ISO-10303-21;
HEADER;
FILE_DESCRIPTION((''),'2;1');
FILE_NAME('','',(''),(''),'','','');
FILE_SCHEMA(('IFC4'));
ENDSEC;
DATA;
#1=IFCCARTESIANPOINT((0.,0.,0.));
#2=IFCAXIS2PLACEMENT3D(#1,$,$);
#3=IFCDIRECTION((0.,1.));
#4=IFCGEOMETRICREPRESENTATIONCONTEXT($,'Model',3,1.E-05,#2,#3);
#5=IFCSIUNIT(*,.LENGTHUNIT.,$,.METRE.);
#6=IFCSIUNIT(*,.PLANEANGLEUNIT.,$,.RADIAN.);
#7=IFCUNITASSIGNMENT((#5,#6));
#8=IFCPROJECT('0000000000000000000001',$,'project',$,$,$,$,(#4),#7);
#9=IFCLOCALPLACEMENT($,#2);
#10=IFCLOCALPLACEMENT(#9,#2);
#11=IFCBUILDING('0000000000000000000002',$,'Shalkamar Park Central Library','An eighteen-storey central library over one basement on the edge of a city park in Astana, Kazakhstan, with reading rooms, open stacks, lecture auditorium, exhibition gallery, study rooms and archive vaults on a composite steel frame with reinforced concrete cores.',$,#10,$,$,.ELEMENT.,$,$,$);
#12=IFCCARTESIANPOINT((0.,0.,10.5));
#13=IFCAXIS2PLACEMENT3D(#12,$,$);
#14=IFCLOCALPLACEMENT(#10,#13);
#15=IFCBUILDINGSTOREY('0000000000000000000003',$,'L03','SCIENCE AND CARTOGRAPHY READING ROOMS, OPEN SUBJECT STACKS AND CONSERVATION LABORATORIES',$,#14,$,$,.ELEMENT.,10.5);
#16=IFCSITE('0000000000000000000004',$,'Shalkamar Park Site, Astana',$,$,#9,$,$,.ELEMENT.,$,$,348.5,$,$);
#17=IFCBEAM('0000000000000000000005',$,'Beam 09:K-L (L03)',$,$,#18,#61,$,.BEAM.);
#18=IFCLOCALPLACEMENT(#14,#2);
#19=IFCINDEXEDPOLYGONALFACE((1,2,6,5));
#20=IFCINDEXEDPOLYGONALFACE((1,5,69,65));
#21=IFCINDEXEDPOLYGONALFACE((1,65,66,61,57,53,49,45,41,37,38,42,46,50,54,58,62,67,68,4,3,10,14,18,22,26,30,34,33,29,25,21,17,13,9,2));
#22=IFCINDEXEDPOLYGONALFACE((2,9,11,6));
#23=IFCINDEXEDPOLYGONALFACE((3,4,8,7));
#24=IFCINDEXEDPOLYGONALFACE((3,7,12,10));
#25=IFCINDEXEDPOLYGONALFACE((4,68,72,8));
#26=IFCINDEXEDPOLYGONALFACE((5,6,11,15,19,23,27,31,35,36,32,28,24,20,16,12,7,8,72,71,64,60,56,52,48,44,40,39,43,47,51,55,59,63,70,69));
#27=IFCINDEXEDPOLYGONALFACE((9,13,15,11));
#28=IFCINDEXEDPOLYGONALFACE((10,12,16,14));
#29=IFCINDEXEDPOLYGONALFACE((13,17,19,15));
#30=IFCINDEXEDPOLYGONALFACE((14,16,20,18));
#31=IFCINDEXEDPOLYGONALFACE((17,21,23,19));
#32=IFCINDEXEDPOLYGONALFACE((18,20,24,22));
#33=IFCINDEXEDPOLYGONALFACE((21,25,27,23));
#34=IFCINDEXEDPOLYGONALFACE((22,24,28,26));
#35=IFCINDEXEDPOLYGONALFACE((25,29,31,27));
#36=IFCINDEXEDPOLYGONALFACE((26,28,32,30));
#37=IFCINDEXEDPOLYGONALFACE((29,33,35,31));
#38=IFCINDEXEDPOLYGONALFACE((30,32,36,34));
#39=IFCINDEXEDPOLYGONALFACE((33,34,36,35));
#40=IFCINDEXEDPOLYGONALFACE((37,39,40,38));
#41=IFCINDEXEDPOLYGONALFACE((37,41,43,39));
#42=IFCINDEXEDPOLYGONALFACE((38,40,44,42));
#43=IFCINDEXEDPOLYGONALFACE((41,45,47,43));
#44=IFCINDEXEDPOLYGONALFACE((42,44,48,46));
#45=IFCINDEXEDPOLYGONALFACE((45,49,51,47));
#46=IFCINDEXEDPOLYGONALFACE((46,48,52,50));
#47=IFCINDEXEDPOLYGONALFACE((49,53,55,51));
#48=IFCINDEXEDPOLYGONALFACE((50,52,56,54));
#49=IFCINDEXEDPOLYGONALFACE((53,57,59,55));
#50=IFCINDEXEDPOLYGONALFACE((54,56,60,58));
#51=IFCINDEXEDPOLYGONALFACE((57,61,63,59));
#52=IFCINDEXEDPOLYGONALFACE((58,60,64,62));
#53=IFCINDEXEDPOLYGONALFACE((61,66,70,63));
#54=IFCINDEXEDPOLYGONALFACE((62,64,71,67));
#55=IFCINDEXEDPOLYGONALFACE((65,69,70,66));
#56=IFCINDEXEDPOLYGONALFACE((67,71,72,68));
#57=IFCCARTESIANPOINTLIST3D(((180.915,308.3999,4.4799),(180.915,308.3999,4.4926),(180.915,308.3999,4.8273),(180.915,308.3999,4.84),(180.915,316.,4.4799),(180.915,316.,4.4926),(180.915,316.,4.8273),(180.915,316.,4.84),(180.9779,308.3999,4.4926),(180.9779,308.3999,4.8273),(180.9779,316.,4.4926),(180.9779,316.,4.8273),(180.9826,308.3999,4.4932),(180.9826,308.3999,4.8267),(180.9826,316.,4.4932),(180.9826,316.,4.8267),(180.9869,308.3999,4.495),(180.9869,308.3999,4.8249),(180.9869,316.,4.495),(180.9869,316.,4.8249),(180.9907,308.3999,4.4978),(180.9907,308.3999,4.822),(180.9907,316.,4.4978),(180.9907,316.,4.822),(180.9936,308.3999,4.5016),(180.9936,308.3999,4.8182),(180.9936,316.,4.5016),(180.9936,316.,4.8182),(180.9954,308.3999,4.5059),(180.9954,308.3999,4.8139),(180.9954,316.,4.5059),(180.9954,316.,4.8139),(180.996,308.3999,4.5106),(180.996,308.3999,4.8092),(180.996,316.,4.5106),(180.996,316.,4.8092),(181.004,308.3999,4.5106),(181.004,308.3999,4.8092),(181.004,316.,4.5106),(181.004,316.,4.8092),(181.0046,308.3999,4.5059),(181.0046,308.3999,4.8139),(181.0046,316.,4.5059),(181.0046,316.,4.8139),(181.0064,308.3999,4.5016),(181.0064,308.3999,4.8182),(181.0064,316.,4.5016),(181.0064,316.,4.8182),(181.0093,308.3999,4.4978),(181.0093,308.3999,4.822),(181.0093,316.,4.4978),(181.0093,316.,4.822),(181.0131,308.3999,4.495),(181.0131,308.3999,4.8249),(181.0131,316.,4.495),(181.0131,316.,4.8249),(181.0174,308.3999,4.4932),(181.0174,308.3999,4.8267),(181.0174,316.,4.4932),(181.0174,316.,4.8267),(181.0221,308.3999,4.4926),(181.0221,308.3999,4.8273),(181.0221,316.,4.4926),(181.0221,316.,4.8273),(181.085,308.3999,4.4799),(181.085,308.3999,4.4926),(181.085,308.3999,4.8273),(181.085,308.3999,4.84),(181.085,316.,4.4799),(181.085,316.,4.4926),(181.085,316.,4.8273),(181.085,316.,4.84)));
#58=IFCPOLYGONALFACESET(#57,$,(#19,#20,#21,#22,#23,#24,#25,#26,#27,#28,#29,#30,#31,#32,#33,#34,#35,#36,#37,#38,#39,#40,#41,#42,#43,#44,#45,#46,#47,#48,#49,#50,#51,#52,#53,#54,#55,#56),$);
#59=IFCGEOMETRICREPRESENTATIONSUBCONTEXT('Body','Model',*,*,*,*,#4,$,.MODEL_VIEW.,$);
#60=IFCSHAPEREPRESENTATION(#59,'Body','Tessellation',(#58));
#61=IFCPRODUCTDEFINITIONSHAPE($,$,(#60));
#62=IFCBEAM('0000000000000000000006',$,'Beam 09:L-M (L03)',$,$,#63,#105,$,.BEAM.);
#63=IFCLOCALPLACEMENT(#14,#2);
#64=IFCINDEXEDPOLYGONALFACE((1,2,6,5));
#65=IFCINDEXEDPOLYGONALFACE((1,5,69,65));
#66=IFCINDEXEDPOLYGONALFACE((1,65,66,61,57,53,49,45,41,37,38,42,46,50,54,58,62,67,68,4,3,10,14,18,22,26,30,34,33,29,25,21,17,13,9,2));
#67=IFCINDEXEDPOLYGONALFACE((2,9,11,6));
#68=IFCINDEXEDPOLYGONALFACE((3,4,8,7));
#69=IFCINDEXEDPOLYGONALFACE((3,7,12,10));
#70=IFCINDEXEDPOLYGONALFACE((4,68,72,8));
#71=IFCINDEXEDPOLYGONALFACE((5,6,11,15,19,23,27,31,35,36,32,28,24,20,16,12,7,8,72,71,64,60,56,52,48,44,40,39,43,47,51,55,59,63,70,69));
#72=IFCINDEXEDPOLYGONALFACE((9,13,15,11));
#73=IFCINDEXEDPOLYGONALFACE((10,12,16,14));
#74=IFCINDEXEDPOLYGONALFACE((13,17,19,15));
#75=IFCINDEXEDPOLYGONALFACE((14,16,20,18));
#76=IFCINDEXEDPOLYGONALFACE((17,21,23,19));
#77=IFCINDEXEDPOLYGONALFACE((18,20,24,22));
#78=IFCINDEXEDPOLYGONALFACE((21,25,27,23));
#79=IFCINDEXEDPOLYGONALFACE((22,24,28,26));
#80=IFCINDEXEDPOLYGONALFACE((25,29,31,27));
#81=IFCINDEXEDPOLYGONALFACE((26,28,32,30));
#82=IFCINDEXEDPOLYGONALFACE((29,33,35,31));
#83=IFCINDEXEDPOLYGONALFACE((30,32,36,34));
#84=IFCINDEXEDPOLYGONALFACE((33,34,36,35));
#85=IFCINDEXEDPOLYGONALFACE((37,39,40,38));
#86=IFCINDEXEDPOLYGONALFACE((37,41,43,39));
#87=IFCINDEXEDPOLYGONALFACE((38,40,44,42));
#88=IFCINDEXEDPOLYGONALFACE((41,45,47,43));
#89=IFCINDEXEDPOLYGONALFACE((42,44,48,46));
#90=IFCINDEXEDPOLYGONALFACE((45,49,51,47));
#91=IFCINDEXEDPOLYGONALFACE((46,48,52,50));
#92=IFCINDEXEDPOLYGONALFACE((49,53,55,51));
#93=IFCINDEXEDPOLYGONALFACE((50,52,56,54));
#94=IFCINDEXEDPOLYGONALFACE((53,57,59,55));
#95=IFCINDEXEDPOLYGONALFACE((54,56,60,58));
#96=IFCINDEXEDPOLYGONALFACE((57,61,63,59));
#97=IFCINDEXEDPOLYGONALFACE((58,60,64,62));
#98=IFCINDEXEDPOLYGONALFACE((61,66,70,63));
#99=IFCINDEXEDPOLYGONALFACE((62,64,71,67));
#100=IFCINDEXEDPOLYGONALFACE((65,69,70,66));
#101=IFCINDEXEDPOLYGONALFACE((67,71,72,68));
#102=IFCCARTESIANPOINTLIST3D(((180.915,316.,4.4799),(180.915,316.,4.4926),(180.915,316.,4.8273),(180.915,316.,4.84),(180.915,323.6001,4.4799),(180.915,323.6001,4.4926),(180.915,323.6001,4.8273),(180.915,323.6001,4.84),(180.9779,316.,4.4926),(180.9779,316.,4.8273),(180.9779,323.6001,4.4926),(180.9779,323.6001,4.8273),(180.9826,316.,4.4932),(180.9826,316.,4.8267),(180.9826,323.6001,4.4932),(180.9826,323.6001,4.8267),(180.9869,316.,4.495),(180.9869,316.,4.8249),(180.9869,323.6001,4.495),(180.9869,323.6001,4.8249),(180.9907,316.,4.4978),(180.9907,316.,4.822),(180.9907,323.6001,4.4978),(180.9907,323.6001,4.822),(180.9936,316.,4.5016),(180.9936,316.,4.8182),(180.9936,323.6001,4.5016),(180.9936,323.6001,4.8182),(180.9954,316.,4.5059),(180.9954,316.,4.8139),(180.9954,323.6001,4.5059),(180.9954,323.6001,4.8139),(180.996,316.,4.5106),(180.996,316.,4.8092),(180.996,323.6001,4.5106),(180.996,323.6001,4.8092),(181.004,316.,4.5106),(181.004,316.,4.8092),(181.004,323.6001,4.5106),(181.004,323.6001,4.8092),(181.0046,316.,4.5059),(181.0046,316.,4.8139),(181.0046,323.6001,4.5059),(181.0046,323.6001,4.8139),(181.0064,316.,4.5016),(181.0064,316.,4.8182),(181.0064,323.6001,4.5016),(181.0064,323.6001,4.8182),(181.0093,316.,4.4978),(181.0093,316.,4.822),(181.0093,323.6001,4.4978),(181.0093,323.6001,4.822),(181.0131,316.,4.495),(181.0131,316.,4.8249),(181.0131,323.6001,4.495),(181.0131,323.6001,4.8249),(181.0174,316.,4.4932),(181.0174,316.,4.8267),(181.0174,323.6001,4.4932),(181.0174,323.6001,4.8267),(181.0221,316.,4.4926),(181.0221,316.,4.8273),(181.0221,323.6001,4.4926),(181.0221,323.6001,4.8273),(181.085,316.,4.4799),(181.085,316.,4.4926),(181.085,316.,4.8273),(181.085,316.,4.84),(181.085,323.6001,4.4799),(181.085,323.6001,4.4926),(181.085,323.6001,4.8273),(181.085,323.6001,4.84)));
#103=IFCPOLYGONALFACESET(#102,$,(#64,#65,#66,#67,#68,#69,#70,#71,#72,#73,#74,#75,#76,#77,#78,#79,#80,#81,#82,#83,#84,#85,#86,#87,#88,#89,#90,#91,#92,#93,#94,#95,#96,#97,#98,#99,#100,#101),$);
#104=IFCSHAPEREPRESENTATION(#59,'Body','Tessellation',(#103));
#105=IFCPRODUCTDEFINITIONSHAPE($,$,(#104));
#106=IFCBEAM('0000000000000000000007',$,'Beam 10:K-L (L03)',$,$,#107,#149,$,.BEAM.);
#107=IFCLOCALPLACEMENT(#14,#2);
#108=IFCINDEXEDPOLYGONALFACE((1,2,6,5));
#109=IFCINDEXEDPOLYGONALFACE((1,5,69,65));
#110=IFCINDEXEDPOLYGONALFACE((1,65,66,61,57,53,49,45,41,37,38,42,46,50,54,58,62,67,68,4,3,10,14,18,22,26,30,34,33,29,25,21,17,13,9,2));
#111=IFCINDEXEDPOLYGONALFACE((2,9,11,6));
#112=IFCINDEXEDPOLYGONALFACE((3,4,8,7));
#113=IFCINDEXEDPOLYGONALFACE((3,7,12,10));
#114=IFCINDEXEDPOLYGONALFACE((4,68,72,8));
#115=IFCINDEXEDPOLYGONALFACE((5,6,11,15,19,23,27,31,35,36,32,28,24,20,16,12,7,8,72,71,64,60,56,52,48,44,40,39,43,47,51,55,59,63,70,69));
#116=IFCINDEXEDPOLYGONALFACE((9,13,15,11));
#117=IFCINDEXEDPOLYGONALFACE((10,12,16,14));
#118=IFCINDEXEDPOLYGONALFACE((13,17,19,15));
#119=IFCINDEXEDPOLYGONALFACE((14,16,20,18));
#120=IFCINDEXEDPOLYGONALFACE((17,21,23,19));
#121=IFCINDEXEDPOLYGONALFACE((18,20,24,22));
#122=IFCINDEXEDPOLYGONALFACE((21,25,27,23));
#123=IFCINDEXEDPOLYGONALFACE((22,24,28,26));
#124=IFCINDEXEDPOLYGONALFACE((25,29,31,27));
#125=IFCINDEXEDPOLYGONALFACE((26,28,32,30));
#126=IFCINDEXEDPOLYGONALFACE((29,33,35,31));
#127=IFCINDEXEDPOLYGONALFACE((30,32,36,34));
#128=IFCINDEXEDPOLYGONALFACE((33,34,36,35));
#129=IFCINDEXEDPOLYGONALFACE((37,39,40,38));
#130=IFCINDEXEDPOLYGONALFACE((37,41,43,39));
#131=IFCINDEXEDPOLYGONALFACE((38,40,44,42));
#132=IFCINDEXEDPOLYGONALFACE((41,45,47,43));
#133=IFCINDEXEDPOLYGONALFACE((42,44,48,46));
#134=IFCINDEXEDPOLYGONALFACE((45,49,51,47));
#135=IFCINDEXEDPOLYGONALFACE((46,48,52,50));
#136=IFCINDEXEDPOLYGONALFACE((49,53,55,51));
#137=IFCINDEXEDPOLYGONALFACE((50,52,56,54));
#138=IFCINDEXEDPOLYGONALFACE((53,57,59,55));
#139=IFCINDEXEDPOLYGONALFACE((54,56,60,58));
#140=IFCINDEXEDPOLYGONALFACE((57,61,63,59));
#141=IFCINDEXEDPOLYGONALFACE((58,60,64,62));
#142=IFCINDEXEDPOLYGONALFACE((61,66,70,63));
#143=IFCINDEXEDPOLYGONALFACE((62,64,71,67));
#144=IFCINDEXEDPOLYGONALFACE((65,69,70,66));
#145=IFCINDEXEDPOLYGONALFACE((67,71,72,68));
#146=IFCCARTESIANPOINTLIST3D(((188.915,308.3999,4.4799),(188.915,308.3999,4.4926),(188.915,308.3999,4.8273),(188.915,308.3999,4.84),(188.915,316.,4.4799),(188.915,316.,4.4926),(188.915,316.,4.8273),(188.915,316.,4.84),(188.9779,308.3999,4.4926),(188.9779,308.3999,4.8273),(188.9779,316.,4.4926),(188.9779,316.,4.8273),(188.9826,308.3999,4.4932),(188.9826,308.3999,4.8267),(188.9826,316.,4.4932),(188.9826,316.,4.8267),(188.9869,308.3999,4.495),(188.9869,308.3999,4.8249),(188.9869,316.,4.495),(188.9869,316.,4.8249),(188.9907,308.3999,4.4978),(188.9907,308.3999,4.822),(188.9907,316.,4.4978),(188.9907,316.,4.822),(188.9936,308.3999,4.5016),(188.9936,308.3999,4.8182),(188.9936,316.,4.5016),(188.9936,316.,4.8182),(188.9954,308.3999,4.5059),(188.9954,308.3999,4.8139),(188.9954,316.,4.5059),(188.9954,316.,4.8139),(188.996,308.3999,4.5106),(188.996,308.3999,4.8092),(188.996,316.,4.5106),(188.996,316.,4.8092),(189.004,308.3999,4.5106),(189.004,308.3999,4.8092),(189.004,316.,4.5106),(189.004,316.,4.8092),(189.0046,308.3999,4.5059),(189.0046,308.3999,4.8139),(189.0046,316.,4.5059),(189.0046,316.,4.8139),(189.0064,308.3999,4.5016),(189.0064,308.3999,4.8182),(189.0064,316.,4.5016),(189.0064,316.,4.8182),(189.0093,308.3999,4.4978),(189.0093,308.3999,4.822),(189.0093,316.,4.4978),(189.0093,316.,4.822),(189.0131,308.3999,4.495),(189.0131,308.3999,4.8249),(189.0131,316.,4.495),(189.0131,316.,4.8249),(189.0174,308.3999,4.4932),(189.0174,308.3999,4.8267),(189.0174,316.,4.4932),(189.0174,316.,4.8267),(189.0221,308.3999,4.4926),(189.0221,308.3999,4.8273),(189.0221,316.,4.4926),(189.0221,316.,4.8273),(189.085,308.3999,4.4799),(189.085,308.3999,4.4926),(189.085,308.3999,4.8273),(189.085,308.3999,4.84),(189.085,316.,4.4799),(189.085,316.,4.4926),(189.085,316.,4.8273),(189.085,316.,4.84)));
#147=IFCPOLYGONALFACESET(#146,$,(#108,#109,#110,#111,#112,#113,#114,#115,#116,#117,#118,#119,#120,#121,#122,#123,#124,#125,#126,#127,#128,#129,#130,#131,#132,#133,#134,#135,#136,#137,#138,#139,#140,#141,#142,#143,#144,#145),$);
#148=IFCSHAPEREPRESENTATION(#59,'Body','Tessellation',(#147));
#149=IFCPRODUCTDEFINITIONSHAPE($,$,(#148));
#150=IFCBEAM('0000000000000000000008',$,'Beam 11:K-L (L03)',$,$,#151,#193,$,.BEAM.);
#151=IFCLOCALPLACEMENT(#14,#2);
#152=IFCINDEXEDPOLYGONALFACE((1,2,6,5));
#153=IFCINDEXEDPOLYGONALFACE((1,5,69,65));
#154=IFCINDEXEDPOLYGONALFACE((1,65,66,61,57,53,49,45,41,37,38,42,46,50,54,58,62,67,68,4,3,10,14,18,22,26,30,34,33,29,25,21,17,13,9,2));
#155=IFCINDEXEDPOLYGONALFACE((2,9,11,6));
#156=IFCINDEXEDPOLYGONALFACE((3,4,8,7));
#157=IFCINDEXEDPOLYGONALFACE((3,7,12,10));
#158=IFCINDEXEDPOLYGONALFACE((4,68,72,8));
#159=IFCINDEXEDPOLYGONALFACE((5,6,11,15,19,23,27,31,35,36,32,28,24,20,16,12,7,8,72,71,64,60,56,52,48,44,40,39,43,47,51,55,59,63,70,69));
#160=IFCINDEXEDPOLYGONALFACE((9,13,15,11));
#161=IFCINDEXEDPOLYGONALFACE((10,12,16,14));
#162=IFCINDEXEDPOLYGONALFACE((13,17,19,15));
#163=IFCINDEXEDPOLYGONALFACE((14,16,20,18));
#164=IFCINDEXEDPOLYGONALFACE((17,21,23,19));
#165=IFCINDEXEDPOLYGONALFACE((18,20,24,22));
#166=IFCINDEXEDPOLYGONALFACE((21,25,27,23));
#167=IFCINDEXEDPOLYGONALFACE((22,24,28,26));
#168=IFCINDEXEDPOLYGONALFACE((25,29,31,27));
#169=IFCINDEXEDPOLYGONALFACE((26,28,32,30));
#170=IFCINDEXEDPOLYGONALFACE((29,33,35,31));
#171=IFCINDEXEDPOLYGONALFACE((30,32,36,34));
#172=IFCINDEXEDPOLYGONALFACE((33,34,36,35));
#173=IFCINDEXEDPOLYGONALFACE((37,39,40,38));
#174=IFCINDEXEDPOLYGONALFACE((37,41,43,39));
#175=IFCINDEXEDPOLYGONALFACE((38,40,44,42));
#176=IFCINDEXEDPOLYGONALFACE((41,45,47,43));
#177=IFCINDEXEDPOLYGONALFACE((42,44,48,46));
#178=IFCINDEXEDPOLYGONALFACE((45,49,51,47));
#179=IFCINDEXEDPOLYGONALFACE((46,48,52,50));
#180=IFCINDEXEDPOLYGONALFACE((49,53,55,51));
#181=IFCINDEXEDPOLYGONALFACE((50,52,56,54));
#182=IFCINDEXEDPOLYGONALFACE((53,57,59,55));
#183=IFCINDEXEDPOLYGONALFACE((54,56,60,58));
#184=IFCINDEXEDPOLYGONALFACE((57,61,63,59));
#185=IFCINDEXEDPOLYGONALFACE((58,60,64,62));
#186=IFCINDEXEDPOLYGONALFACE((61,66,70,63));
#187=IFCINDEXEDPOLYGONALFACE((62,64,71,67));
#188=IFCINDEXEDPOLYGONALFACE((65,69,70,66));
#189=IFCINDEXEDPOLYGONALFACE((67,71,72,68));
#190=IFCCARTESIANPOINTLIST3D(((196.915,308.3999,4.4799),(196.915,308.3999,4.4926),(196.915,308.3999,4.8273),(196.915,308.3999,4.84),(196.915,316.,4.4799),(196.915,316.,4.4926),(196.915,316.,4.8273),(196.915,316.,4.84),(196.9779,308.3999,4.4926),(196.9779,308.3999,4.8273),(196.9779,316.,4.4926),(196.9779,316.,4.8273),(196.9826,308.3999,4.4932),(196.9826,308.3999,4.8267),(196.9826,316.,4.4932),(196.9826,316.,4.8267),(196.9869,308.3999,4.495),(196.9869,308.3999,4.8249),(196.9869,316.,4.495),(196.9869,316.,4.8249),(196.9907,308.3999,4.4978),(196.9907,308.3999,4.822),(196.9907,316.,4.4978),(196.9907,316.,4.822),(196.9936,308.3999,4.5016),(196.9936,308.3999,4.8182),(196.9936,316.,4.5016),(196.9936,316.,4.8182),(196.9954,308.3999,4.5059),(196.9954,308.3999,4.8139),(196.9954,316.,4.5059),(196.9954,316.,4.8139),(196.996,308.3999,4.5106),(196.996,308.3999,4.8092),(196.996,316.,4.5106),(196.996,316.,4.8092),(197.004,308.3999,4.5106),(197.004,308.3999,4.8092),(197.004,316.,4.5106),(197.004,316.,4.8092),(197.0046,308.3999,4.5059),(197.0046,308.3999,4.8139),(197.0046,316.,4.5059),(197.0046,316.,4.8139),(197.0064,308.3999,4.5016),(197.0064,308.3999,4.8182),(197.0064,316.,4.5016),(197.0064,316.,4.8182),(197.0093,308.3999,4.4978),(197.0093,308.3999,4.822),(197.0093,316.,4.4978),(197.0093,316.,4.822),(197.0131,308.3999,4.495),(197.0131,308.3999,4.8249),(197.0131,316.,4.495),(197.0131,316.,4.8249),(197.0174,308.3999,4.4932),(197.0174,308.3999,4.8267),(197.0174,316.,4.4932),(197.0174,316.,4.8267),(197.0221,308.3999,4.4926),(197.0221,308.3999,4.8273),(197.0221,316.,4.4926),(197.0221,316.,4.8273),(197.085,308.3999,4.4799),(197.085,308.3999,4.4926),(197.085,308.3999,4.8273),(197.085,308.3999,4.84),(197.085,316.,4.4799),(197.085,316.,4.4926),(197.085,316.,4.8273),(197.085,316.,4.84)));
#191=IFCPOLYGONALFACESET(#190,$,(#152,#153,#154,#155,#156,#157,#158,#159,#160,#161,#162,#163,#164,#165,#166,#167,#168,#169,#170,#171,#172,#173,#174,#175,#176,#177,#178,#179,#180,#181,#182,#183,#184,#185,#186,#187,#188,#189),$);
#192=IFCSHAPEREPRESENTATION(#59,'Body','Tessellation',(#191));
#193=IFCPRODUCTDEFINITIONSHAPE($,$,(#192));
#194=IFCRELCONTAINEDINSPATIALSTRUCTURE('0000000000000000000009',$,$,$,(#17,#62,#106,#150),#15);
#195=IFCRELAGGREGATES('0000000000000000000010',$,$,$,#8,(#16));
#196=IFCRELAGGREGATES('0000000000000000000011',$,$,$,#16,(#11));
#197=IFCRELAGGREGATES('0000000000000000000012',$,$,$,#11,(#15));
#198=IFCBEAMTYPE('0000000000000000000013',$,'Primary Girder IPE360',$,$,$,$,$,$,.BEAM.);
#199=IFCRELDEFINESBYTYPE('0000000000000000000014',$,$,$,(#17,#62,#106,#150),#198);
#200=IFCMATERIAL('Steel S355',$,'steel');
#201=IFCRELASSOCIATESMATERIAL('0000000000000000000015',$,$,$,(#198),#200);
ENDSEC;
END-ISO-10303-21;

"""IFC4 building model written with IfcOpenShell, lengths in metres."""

from ifc_helpers import new_model, si_unit, direction, frame, origin, origin_2d, place, context, subcontext, project, spatial, i_section, extrude, material, material_profile, profile_set, type_object, element, save


model = new_model("IFC4")

# Units and contexts
model_context = context("Model", 3, precision=1e-05, world=origin(), true_north=direction((0.0, 1.0)))
body_context = subcontext(model_context, "Body", "Model", "MODEL_VIEW")
ifc_project = project(units=[si_unit("LENGTHUNIT", "METRE"), si_unit("PLANEANGLEUNIT", "RADIAN")], contexts=[model_context])

# Site, building, storey
site_placement = place(None, origin())
site = spatial("IfcSite", under=ifc_project, at=site_placement, Name="Shalkamar Park Site, Astana", CompositionType="ELEMENT", RefElevation=348.5)
building_placement = place(site_placement, origin())
building = spatial("IfcBuilding", under=site, at=building_placement, Name="Shalkamar Park Central Library", Description="An eighteen-storey central library over one basement on the edge of a city park in Astana, Kazakhstan, with reading rooms, open stacks, lecture auditorium, exhibition gallery, study rooms and archive vaults on a composite steel frame with reinforced concrete cores.", CompositionType="ELEMENT")
storey_placement = place(building_placement, frame((0.0, 0.0, 10.5)))
storey = spatial("IfcBuildingStorey", under=building, at=storey_placement, Name="L03", Description="SCIENCE AND CARTOGRAPHY READING ROOMS, OPEN SUBJECT STACKS AND CONSERVATION LABORATORIES", CompositionType="ELEMENT", Elevation=10.5)

# Shared definitions
ifc_material_1 = material(Name="Steel S355", Category="steel")

# Beams
ifc_material_profile_1 = material_profile(ifc_material_1, i_section(OverallWidth=0.1699, OverallDepth=0.3601, WebThickness=0.0081, FlangeThickness=0.0127, FilletRadius=0.0181, at=origin_2d()), Name="IPE 360")
ifc_profile_set_1 = profile_set([ifc_material_profile_1], Name="Steel S355")
beam_type_1 = type_object("IfcBeamType", Name="Primary Girder IPE360", PredefinedType="BEAM", material=ifc_profile_set_1)
for number, where, z_axis, x_axis, name in (
    (1, (181.0, 308.3999, 4.6599), (0.0, 1.0, 0.0), (-1.0, 0.0, 0.0), "Beam 09:K-L (L03)"),
    (2, (181.0, 316.0, 4.6599), (0.0, 1.0, 0.0), (-1.0, 0.0, 0.0), "Beam 09:L-M (L03)"),
    (3, (189.0, 308.3999, 4.6599), (0.0, 1.0, 0.0), (-1.0, 0.0, 0.0), "Beam 10:K-L (L03)"),
    (4, (197.0, 308.3999, 4.6599), (0.0, 1.0, 0.0), (-1.0, 0.0, 0.0), "Beam 11:K-L (L03)"),
):
    element("IfcBeam", number, at=place(storey_placement, frame(where, z_axis=z_axis, x_axis=x_axis)), inside=storey, type_object=beam_type_1, Name=name, PredefinedType="BEAM", context=body_context, shape_type="SweptSolid", body=[
        extrude(i_section(OverallWidth=0.1699, OverallDepth=0.3601, WebThickness=0.0081, FlangeThickness=0.0127, FilletRadius=0.0181, at=origin_2d()), origin(), (0.0, 0.0, 1.0), 7.6001),
    ])

save(model, "model.ifc")
